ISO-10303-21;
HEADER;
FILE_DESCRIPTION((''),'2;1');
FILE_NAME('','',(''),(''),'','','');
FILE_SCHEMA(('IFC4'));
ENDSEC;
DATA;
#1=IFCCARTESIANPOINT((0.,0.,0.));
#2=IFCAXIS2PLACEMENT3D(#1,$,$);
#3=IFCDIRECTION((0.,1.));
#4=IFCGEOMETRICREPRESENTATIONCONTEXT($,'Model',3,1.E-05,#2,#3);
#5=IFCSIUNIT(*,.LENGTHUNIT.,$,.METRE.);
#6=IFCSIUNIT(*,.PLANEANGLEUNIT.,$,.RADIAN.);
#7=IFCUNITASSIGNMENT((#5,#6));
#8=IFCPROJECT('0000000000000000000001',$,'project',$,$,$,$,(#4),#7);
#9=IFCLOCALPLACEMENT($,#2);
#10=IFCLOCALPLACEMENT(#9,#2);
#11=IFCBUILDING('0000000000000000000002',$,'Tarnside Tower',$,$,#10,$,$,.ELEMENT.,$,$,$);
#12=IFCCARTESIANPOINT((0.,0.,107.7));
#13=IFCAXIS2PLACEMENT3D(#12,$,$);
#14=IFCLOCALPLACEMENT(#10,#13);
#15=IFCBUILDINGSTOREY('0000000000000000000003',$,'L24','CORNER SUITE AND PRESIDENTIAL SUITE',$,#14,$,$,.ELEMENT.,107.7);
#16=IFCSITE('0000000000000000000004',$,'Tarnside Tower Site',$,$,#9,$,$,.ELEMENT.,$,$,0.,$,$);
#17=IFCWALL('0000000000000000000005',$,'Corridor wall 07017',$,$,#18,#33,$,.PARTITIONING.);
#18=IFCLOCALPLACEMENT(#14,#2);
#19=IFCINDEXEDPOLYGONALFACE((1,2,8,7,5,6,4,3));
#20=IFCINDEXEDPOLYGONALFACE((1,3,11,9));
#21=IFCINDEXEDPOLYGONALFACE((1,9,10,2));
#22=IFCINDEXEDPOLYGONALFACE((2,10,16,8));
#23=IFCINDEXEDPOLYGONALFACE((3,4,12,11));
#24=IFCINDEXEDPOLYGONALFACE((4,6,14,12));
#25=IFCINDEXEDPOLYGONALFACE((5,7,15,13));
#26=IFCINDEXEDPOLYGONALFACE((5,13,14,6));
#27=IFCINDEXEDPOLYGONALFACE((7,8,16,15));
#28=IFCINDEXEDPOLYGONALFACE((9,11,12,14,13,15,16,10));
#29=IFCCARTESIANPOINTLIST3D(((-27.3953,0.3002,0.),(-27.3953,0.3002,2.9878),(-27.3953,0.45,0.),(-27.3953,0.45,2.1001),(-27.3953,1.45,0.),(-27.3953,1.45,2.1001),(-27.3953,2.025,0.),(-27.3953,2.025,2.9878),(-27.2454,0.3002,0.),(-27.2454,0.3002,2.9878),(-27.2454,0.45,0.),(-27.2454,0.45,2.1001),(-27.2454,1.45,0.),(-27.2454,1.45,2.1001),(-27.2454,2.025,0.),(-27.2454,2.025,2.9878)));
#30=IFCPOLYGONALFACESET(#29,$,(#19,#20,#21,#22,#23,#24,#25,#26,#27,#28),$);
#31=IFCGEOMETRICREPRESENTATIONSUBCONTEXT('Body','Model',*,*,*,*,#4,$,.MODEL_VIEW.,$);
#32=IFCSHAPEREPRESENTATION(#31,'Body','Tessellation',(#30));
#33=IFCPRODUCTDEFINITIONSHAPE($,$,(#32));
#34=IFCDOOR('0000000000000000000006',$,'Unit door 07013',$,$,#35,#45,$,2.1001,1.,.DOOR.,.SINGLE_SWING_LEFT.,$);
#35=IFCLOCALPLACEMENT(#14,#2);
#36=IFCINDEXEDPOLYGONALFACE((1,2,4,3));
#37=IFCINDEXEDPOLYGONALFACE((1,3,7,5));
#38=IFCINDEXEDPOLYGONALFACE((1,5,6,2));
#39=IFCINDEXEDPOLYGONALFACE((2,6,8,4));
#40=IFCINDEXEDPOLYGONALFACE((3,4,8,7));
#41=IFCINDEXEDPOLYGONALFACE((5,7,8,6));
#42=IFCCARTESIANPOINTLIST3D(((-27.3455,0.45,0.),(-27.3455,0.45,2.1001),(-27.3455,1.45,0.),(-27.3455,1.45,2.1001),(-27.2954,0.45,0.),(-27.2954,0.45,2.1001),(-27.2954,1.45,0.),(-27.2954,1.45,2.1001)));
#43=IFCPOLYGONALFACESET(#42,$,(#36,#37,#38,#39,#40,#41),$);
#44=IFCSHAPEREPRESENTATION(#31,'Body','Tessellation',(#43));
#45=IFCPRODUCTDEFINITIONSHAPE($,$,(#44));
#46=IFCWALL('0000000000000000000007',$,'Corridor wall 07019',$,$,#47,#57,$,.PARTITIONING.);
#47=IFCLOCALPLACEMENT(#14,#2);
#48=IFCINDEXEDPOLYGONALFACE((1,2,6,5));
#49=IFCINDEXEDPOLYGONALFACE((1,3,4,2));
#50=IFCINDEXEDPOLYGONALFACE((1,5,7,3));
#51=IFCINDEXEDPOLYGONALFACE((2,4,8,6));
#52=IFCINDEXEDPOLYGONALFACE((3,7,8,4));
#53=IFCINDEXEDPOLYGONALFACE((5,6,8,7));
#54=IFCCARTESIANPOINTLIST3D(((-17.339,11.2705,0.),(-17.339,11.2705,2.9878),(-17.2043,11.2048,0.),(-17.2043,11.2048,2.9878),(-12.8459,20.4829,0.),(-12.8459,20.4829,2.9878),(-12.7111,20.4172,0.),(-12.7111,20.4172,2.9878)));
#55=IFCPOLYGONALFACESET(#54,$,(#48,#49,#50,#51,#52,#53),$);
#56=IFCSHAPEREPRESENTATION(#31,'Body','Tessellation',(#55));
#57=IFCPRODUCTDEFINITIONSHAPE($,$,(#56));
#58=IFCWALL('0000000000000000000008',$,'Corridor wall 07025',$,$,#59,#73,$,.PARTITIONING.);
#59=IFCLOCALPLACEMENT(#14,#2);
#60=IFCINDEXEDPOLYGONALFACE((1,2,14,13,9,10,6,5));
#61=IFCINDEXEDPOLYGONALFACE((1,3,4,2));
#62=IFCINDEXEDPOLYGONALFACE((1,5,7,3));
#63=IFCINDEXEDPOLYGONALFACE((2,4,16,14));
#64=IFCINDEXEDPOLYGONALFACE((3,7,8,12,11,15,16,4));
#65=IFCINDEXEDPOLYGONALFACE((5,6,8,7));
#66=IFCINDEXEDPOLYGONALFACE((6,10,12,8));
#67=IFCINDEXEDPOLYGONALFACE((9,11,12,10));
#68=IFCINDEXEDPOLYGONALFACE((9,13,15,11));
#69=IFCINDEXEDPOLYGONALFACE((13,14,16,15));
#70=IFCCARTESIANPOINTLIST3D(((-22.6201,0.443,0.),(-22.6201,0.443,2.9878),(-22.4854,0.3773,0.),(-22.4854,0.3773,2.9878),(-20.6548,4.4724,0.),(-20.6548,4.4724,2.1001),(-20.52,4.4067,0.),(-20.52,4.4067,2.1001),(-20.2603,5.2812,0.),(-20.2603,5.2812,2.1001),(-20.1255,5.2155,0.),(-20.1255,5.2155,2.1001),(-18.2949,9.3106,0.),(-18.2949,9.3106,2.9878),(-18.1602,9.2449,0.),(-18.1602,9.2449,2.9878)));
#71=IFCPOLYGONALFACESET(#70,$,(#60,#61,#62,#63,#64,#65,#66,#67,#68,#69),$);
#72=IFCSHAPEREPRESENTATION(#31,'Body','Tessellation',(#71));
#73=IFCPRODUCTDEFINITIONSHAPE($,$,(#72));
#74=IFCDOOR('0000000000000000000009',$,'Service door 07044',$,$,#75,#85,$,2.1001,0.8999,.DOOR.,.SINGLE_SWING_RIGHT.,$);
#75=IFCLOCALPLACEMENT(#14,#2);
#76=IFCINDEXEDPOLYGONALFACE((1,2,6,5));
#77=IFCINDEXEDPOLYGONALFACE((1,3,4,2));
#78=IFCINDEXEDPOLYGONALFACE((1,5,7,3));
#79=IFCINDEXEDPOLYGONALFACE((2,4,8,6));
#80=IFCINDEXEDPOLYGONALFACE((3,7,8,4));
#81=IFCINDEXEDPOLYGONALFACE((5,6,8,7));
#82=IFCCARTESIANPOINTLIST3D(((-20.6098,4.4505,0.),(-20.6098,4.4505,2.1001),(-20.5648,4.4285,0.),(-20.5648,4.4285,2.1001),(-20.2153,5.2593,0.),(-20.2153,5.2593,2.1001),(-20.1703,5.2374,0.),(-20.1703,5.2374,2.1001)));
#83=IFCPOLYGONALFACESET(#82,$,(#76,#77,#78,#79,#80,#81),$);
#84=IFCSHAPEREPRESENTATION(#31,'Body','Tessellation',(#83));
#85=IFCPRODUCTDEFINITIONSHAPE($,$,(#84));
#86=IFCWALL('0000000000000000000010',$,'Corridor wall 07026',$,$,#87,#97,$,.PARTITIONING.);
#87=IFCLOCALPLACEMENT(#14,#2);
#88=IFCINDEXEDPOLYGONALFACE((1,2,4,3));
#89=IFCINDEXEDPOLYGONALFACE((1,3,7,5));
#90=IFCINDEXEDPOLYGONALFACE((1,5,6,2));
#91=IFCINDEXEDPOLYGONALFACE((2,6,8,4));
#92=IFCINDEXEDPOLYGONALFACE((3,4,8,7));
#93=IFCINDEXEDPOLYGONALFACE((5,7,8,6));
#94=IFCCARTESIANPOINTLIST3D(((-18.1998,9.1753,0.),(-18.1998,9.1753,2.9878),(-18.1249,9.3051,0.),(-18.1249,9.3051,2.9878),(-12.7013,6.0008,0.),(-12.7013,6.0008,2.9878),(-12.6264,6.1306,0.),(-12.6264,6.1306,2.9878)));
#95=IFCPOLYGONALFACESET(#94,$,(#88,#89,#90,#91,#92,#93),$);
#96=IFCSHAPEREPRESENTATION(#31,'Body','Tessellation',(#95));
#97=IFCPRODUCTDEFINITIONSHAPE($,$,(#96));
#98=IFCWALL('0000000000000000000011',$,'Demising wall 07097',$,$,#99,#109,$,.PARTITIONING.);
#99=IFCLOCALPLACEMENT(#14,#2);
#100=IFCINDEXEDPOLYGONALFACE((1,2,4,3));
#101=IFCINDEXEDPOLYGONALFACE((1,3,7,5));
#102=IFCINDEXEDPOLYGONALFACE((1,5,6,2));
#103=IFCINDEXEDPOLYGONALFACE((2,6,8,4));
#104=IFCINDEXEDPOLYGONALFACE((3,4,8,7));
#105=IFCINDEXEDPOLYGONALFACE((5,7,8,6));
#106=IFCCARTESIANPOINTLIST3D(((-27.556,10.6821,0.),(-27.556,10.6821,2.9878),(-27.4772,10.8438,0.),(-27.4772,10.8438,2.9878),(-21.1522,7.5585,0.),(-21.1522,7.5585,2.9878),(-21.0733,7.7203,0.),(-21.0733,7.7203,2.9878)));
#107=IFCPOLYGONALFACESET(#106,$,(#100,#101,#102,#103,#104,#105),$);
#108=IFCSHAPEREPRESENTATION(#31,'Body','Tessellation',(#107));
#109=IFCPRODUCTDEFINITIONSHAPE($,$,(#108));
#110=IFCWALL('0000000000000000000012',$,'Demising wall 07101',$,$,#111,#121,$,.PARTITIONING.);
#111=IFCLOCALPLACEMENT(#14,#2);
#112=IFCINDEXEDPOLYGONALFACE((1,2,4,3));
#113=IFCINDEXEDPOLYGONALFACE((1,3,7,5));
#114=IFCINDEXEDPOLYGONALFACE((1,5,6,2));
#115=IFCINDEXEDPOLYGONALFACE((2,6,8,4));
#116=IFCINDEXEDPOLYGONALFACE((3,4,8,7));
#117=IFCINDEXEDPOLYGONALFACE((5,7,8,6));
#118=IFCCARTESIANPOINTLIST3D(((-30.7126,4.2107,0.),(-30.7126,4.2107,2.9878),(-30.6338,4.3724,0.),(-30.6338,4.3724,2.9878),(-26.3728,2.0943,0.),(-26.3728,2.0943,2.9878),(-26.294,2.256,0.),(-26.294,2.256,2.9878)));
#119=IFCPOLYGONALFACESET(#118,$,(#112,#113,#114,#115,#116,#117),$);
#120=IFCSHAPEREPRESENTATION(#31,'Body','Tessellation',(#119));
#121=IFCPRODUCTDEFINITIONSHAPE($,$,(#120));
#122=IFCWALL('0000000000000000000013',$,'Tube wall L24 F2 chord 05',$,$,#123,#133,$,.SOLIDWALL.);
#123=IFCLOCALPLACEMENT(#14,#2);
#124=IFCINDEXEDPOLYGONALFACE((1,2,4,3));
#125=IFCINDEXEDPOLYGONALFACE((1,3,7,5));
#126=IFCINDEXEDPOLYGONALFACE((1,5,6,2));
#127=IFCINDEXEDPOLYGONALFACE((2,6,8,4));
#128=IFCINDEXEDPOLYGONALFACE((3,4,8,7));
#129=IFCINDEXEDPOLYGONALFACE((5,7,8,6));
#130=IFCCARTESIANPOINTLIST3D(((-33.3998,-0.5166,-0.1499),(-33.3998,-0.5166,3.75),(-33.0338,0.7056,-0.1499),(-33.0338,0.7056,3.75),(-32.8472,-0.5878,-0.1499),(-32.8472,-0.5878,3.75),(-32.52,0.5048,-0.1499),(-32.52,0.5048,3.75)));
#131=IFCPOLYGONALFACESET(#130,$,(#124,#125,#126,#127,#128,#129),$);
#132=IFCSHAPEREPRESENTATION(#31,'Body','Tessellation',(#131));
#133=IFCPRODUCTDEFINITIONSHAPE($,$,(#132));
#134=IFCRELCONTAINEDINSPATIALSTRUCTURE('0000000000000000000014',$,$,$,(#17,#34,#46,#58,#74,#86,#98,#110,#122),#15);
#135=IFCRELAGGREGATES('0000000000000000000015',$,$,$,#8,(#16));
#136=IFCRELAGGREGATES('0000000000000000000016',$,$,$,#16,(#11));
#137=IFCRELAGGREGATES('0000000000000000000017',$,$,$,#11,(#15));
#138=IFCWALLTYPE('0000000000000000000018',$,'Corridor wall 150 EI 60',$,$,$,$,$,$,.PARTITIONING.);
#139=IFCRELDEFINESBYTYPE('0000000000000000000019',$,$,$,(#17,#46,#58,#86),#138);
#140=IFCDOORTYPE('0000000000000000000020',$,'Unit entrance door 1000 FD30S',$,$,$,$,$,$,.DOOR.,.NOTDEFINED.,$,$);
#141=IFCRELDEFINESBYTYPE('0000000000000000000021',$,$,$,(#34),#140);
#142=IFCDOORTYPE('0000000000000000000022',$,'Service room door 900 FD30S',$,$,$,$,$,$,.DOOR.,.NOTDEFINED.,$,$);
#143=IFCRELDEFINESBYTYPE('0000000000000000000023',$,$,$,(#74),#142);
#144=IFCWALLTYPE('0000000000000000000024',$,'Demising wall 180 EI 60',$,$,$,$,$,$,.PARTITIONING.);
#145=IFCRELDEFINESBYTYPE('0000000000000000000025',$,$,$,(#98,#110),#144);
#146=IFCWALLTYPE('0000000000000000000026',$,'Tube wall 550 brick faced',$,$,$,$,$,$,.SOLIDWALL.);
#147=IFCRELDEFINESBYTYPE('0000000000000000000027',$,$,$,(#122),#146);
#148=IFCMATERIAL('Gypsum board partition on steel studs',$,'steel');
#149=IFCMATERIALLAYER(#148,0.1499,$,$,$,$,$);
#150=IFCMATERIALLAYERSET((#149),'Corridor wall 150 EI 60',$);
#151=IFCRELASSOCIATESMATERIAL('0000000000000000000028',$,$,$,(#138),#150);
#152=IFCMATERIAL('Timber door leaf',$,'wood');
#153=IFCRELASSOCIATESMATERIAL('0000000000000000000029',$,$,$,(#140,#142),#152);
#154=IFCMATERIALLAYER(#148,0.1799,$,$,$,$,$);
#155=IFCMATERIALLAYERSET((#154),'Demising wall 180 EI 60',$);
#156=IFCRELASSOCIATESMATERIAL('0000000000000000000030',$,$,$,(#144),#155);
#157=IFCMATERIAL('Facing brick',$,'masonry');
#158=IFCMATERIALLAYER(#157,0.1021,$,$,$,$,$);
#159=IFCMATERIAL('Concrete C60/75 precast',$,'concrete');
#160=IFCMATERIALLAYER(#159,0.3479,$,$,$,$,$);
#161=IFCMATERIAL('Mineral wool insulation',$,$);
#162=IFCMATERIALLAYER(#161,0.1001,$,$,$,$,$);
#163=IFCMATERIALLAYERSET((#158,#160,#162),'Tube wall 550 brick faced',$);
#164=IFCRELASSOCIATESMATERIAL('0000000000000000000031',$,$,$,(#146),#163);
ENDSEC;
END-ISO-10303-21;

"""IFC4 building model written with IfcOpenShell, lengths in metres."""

from ifc_helpers import new_model, si_unit, direction, frame, frame_2d, origin, place, context, subcontext, project, spatial, polyline, rectangle, outline, extrude, material, layer, layer_set, type_object, element, fill, save


model = new_model("IFC4")

# Units and contexts
model_context = context("Model", 3, precision=1e-05, world=origin(), true_north=direction((0.0, 1.0)))
body_context = subcontext(model_context, "Body", "Model", "MODEL_VIEW")
ifc_project = project(units=[si_unit("LENGTHUNIT", "METRE"), si_unit("PLANEANGLEUNIT", "RADIAN")], contexts=[model_context])

# Site, building, storey
site_placement = place(None, origin())
site = spatial("IfcSite", under=ifc_project, at=site_placement, Name="Tarnside Tower Site", CompositionType="ELEMENT", RefElevation=0.0)
building_placement = place(site_placement, origin())
building = spatial("IfcBuilding", under=site, at=building_placement, Name="Tarnside Tower", CompositionType="ELEMENT")
storey_placement = place(building_placement, frame((0.0, 0.0, 107.7)))
storey = spatial("IfcBuildingStorey", under=building, at=storey_placement, Name="L24", Description="CORNER SUITE AND PRESIDENTIAL SUITE", CompositionType="ELEMENT", Elevation=107.7)

# Shared definitions
ifc_material_1 = material(Name="Gypsum board partition on steel studs", Category="steel")
ifc_material_2 = material(Name="Timber door leaf", Category="wood")

# Shared definitions
ifc_layer_1 = layer(ifc_material_1, 0.1499)
ifc_layer_set_1 = layer_set([ifc_layer_1], Name="Corridor wall 150 EI 60")
wall_type_1 = type_object("IfcWallType", Name="Corridor wall 150 EI 60", PredefinedType="PARTITIONING", material=ifc_layer_set_1)

# Wall, opening, door
wall_1_placement = place(storey_placement, frame((-27.3203, 2.0249, 0.0), z_axis=(0.0, 0.0, 1.0), x_axis=(0.0, -1.0, 0.0)))
wall_1 = element("IfcWall", 1, at=wall_1_placement, inside=storey, type_object=wall_type_1, Name="Corridor wall 07017", PredefinedType="PARTITIONING", context=body_context, shape_type="SweptSolid", body=[
    extrude(rectangle(XDim=1.7249, YDim=0.1499, at=frame_2d((0.8623, 0.0))), origin(), (0.0, 0.0, 1.0), 2.9878),
])
opening_1_placement = place(wall_1_placement, frame((0.575, 0.0, 0.0)))
opening_1 = element("IfcOpeningElement", 2, at=opening_1_placement, cuts=wall_1, PredefinedType="OPENING", context=body_context, shape_type="SweptSolid", body=[
    extrude(rectangle(XDim=1.0, YDim=2.1001, at=frame_2d((0.5, 1.05))), frame((0.0, 0.085, 0.0), z_axis=(0.0, -1.0, 0.0), x_axis=(1.0, 0.0, 0.0)), (0.0, 0.0, 1.0), 0.1699),
])
door_type_1 = type_object("IfcDoorType", Name="Unit entrance door 1000 FD30S", OperationType="NOTDEFINED", PredefinedType="DOOR", material=ifc_material_2)
door_1_placement = place(opening_1_placement, origin())
door_1 = element("IfcDoor", 3, at=door_1_placement, inside=storey, type_object=door_type_1, Name="Unit door 07013", OperationType="SINGLE_SWING_LEFT", OverallHeight=2.1001, OverallWidth=1.0, PredefinedType="DOOR", context=body_context, shape_type="SweptSolid", body=[
    extrude(rectangle(XDim=1.0, YDim=2.1001, at=frame_2d((0.5, 1.05))), frame((0.0, 0.0249, 0.0), z_axis=(0.0, -1.0, 0.0), x_axis=(1.0, 0.0, 0.0)), (0.0, 0.0, 1.0), 0.05),
])
fill(opening_1, door_1)

# Wall
wall_2_placement = place(storey_placement, frame((-17.2717, 11.2375, 0.0), z_axis=(0.0, 0.0, 1.0), x_axis=(0.438369, 0.898795, 0.0)))
element("IfcWall", 4, at=wall_2_placement, inside=storey, type_object=wall_type_1, Name="Corridor wall 07019", PredefinedType="PARTITIONING", context=body_context, shape_type="SweptSolid", body=[
    extrude(rectangle(XDim=10.2498, YDim=0.1499, at=frame_2d((5.125, 0.0))), origin(), (0.0, 0.0, 1.0), 2.9878),
])

# Wall, opening, door
wall_3_placement = place(storey_placement, frame((-22.5527, 0.4102, 0.0), z_axis=(0.0, 0.0, 1.0), x_axis=(0.438383, 0.898788, 0.0)))
wall_3 = element("IfcWall", 5, at=wall_3_placement, inside=storey, type_object=wall_type_1, Name="Corridor wall 07025", PredefinedType="PARTITIONING", context=body_context, shape_type="SweptSolid", body=[
    extrude(rectangle(XDim=9.8662, YDim=0.1499, at=frame_2d((4.9331, 0.0))), origin(), (0.0, 0.0, 1.0), 2.9878),
])
opening_2_placement = place(wall_3_placement, frame((4.4832, 0.0, 0.0)))
opening_2 = element("IfcOpeningElement", 6, at=opening_2_placement, cuts=wall_3, PredefinedType="OPENING", context=body_context, shape_type="SweptSolid", body=[
    extrude(rectangle(XDim=0.8999, YDim=2.1001, at=frame_2d((0.45, 1.05))), frame((0.0, 0.085, 0.0), z_axis=(0.0, -1.0, 0.0), x_axis=(1.0, 0.0, 0.0)), (0.0, 0.0, 1.0), 0.1699),
])
door_type_2 = type_object("IfcDoorType", Name="Service room door 900 FD30S", OperationType="NOTDEFINED", PredefinedType="DOOR", material=ifc_material_2)
door_2_placement = place(opening_2_placement, origin())
door_2 = element("IfcDoor", 7, at=door_2_placement, inside=storey, type_object=door_type_2, Name="Service door 07044", OperationType="SINGLE_SWING_RIGHT", OverallHeight=2.1001, OverallWidth=0.8999, PredefinedType="DOOR", context=body_context, shape_type="SweptSolid", body=[
    extrude(rectangle(XDim=0.8999, YDim=2.1001, at=frame_2d((0.45, 1.05))), frame((0.0, 0.0249, 0.0), z_axis=(0.0, -1.0, 0.0), x_axis=(1.0, 0.0, 0.0)), (0.0, 0.0, 1.0), 0.05),
])
fill(opening_2, door_2)

# Walls
wall_4_placement = place(storey_placement, frame((-18.1624, 9.2402, 0.0), z_axis=(0.0, 0.0, 1.0), x_axis=(0.866027, -0.499998, 0.0)))
element("IfcWall", 8, at=wall_4_placement, inside=storey, type_object=wall_type_1, Name="Corridor wall 07026", PredefinedType="PARTITIONING", context=body_context, shape_type="SweptSolid", body=[
    extrude(rectangle(XDim=6.3491, YDim=0.1499, at=frame_2d((3.1746, 0.0))), origin(), (0.0, 0.0, 1.0), 2.9878),
])
ifc_layer_2 = layer(ifc_material_1, 0.1799)
ifc_layer_set_2 = layer_set([ifc_layer_2], Name="Demising wall 180 EI 60")
wall_type_2 = type_object("IfcWallType", Name="Demising wall 180 EI 60", PredefinedType="PARTITIONING", material=ifc_layer_set_2)
wall_5_placement = place(storey_placement, frame((-27.5166, 10.7629, 0.0), z_axis=(0.0, 0.0, 1.0), x_axis=(0.898784, -0.438393, 0.0)))
element("IfcWall", 9, at=wall_5_placement, inside=storey, type_object=wall_type_2, Name="Demising wall 07097", PredefinedType="PARTITIONING", context=body_context, shape_type="SweptSolid", body=[
    extrude(rectangle(XDim=7.125, YDim=0.1799, at=frame_2d((3.5625, 0.0))), origin(), (0.0, 0.0, 1.0), 2.9878),
])
wall_6_placement = place(storey_placement, frame((-30.6731, 4.2915, 0.0), z_axis=(0.0, 0.0, 1.0), x_axis=(0.898813, -0.438333, 0.0)))
element("IfcWall", 10, at=wall_6_placement, inside=storey, type_object=wall_type_2, Name="Demising wall 07101", PredefinedType="PARTITIONING", context=body_context, shape_type="SweptSolid", body=[
    extrude(rectangle(XDim=4.8284, YDim=0.1799, at=frame_2d((2.4141, 0.0))), origin(), (0.0, 0.0, 1.0), 2.9878),
])
ifc_material_3 = material(Name="Facing brick", Category="masonry")
ifc_layer_3 = layer(ifc_material_3, 0.1021)
ifc_material_4 = material(Name="Concrete C60/75 precast", Category="concrete")
ifc_layer_4 = layer(ifc_material_4, 0.3479)
ifc_material_5 = material(Name="Mineral wool insulation")
ifc_layer_5 = layer(ifc_material_5, 0.1001)
ifc_layer_set_3 = layer_set([ifc_layer_3, ifc_layer_4, ifc_layer_5], Name="Tube wall 550 brick faced")
wall_type_3 = type_object("IfcWallType", Name="Tube wall 550 brick faced", PredefinedType="SOLIDWALL", material=ifc_layer_set_3)
wall_7_placement = place(storey_placement, frame((-32.7769, 0.6052, -0.1499), z_axis=(0.0, 0.0, 1.0), x_axis=(-0.286921, -0.957954, 0.0)))
element("IfcWall", 11, at=wall_7_placement, inside=storey, type_object=wall_type_3, Name="Tube wall L24 F2 chord 05", PredefinedType="SOLIDWALL", context=body_context, shape_type="SweptSolid", body=[
    extrude(outline(polyline([(-0.0225, -0.2749), (1.2534, -0.2749), (1.1631, 0.2749), (0.0225, 0.2749), (-0.0225, -0.2749)])), origin(), (0.0, 0.0, 1.0), 3.8999),
])

save(model, "model.ifc")
